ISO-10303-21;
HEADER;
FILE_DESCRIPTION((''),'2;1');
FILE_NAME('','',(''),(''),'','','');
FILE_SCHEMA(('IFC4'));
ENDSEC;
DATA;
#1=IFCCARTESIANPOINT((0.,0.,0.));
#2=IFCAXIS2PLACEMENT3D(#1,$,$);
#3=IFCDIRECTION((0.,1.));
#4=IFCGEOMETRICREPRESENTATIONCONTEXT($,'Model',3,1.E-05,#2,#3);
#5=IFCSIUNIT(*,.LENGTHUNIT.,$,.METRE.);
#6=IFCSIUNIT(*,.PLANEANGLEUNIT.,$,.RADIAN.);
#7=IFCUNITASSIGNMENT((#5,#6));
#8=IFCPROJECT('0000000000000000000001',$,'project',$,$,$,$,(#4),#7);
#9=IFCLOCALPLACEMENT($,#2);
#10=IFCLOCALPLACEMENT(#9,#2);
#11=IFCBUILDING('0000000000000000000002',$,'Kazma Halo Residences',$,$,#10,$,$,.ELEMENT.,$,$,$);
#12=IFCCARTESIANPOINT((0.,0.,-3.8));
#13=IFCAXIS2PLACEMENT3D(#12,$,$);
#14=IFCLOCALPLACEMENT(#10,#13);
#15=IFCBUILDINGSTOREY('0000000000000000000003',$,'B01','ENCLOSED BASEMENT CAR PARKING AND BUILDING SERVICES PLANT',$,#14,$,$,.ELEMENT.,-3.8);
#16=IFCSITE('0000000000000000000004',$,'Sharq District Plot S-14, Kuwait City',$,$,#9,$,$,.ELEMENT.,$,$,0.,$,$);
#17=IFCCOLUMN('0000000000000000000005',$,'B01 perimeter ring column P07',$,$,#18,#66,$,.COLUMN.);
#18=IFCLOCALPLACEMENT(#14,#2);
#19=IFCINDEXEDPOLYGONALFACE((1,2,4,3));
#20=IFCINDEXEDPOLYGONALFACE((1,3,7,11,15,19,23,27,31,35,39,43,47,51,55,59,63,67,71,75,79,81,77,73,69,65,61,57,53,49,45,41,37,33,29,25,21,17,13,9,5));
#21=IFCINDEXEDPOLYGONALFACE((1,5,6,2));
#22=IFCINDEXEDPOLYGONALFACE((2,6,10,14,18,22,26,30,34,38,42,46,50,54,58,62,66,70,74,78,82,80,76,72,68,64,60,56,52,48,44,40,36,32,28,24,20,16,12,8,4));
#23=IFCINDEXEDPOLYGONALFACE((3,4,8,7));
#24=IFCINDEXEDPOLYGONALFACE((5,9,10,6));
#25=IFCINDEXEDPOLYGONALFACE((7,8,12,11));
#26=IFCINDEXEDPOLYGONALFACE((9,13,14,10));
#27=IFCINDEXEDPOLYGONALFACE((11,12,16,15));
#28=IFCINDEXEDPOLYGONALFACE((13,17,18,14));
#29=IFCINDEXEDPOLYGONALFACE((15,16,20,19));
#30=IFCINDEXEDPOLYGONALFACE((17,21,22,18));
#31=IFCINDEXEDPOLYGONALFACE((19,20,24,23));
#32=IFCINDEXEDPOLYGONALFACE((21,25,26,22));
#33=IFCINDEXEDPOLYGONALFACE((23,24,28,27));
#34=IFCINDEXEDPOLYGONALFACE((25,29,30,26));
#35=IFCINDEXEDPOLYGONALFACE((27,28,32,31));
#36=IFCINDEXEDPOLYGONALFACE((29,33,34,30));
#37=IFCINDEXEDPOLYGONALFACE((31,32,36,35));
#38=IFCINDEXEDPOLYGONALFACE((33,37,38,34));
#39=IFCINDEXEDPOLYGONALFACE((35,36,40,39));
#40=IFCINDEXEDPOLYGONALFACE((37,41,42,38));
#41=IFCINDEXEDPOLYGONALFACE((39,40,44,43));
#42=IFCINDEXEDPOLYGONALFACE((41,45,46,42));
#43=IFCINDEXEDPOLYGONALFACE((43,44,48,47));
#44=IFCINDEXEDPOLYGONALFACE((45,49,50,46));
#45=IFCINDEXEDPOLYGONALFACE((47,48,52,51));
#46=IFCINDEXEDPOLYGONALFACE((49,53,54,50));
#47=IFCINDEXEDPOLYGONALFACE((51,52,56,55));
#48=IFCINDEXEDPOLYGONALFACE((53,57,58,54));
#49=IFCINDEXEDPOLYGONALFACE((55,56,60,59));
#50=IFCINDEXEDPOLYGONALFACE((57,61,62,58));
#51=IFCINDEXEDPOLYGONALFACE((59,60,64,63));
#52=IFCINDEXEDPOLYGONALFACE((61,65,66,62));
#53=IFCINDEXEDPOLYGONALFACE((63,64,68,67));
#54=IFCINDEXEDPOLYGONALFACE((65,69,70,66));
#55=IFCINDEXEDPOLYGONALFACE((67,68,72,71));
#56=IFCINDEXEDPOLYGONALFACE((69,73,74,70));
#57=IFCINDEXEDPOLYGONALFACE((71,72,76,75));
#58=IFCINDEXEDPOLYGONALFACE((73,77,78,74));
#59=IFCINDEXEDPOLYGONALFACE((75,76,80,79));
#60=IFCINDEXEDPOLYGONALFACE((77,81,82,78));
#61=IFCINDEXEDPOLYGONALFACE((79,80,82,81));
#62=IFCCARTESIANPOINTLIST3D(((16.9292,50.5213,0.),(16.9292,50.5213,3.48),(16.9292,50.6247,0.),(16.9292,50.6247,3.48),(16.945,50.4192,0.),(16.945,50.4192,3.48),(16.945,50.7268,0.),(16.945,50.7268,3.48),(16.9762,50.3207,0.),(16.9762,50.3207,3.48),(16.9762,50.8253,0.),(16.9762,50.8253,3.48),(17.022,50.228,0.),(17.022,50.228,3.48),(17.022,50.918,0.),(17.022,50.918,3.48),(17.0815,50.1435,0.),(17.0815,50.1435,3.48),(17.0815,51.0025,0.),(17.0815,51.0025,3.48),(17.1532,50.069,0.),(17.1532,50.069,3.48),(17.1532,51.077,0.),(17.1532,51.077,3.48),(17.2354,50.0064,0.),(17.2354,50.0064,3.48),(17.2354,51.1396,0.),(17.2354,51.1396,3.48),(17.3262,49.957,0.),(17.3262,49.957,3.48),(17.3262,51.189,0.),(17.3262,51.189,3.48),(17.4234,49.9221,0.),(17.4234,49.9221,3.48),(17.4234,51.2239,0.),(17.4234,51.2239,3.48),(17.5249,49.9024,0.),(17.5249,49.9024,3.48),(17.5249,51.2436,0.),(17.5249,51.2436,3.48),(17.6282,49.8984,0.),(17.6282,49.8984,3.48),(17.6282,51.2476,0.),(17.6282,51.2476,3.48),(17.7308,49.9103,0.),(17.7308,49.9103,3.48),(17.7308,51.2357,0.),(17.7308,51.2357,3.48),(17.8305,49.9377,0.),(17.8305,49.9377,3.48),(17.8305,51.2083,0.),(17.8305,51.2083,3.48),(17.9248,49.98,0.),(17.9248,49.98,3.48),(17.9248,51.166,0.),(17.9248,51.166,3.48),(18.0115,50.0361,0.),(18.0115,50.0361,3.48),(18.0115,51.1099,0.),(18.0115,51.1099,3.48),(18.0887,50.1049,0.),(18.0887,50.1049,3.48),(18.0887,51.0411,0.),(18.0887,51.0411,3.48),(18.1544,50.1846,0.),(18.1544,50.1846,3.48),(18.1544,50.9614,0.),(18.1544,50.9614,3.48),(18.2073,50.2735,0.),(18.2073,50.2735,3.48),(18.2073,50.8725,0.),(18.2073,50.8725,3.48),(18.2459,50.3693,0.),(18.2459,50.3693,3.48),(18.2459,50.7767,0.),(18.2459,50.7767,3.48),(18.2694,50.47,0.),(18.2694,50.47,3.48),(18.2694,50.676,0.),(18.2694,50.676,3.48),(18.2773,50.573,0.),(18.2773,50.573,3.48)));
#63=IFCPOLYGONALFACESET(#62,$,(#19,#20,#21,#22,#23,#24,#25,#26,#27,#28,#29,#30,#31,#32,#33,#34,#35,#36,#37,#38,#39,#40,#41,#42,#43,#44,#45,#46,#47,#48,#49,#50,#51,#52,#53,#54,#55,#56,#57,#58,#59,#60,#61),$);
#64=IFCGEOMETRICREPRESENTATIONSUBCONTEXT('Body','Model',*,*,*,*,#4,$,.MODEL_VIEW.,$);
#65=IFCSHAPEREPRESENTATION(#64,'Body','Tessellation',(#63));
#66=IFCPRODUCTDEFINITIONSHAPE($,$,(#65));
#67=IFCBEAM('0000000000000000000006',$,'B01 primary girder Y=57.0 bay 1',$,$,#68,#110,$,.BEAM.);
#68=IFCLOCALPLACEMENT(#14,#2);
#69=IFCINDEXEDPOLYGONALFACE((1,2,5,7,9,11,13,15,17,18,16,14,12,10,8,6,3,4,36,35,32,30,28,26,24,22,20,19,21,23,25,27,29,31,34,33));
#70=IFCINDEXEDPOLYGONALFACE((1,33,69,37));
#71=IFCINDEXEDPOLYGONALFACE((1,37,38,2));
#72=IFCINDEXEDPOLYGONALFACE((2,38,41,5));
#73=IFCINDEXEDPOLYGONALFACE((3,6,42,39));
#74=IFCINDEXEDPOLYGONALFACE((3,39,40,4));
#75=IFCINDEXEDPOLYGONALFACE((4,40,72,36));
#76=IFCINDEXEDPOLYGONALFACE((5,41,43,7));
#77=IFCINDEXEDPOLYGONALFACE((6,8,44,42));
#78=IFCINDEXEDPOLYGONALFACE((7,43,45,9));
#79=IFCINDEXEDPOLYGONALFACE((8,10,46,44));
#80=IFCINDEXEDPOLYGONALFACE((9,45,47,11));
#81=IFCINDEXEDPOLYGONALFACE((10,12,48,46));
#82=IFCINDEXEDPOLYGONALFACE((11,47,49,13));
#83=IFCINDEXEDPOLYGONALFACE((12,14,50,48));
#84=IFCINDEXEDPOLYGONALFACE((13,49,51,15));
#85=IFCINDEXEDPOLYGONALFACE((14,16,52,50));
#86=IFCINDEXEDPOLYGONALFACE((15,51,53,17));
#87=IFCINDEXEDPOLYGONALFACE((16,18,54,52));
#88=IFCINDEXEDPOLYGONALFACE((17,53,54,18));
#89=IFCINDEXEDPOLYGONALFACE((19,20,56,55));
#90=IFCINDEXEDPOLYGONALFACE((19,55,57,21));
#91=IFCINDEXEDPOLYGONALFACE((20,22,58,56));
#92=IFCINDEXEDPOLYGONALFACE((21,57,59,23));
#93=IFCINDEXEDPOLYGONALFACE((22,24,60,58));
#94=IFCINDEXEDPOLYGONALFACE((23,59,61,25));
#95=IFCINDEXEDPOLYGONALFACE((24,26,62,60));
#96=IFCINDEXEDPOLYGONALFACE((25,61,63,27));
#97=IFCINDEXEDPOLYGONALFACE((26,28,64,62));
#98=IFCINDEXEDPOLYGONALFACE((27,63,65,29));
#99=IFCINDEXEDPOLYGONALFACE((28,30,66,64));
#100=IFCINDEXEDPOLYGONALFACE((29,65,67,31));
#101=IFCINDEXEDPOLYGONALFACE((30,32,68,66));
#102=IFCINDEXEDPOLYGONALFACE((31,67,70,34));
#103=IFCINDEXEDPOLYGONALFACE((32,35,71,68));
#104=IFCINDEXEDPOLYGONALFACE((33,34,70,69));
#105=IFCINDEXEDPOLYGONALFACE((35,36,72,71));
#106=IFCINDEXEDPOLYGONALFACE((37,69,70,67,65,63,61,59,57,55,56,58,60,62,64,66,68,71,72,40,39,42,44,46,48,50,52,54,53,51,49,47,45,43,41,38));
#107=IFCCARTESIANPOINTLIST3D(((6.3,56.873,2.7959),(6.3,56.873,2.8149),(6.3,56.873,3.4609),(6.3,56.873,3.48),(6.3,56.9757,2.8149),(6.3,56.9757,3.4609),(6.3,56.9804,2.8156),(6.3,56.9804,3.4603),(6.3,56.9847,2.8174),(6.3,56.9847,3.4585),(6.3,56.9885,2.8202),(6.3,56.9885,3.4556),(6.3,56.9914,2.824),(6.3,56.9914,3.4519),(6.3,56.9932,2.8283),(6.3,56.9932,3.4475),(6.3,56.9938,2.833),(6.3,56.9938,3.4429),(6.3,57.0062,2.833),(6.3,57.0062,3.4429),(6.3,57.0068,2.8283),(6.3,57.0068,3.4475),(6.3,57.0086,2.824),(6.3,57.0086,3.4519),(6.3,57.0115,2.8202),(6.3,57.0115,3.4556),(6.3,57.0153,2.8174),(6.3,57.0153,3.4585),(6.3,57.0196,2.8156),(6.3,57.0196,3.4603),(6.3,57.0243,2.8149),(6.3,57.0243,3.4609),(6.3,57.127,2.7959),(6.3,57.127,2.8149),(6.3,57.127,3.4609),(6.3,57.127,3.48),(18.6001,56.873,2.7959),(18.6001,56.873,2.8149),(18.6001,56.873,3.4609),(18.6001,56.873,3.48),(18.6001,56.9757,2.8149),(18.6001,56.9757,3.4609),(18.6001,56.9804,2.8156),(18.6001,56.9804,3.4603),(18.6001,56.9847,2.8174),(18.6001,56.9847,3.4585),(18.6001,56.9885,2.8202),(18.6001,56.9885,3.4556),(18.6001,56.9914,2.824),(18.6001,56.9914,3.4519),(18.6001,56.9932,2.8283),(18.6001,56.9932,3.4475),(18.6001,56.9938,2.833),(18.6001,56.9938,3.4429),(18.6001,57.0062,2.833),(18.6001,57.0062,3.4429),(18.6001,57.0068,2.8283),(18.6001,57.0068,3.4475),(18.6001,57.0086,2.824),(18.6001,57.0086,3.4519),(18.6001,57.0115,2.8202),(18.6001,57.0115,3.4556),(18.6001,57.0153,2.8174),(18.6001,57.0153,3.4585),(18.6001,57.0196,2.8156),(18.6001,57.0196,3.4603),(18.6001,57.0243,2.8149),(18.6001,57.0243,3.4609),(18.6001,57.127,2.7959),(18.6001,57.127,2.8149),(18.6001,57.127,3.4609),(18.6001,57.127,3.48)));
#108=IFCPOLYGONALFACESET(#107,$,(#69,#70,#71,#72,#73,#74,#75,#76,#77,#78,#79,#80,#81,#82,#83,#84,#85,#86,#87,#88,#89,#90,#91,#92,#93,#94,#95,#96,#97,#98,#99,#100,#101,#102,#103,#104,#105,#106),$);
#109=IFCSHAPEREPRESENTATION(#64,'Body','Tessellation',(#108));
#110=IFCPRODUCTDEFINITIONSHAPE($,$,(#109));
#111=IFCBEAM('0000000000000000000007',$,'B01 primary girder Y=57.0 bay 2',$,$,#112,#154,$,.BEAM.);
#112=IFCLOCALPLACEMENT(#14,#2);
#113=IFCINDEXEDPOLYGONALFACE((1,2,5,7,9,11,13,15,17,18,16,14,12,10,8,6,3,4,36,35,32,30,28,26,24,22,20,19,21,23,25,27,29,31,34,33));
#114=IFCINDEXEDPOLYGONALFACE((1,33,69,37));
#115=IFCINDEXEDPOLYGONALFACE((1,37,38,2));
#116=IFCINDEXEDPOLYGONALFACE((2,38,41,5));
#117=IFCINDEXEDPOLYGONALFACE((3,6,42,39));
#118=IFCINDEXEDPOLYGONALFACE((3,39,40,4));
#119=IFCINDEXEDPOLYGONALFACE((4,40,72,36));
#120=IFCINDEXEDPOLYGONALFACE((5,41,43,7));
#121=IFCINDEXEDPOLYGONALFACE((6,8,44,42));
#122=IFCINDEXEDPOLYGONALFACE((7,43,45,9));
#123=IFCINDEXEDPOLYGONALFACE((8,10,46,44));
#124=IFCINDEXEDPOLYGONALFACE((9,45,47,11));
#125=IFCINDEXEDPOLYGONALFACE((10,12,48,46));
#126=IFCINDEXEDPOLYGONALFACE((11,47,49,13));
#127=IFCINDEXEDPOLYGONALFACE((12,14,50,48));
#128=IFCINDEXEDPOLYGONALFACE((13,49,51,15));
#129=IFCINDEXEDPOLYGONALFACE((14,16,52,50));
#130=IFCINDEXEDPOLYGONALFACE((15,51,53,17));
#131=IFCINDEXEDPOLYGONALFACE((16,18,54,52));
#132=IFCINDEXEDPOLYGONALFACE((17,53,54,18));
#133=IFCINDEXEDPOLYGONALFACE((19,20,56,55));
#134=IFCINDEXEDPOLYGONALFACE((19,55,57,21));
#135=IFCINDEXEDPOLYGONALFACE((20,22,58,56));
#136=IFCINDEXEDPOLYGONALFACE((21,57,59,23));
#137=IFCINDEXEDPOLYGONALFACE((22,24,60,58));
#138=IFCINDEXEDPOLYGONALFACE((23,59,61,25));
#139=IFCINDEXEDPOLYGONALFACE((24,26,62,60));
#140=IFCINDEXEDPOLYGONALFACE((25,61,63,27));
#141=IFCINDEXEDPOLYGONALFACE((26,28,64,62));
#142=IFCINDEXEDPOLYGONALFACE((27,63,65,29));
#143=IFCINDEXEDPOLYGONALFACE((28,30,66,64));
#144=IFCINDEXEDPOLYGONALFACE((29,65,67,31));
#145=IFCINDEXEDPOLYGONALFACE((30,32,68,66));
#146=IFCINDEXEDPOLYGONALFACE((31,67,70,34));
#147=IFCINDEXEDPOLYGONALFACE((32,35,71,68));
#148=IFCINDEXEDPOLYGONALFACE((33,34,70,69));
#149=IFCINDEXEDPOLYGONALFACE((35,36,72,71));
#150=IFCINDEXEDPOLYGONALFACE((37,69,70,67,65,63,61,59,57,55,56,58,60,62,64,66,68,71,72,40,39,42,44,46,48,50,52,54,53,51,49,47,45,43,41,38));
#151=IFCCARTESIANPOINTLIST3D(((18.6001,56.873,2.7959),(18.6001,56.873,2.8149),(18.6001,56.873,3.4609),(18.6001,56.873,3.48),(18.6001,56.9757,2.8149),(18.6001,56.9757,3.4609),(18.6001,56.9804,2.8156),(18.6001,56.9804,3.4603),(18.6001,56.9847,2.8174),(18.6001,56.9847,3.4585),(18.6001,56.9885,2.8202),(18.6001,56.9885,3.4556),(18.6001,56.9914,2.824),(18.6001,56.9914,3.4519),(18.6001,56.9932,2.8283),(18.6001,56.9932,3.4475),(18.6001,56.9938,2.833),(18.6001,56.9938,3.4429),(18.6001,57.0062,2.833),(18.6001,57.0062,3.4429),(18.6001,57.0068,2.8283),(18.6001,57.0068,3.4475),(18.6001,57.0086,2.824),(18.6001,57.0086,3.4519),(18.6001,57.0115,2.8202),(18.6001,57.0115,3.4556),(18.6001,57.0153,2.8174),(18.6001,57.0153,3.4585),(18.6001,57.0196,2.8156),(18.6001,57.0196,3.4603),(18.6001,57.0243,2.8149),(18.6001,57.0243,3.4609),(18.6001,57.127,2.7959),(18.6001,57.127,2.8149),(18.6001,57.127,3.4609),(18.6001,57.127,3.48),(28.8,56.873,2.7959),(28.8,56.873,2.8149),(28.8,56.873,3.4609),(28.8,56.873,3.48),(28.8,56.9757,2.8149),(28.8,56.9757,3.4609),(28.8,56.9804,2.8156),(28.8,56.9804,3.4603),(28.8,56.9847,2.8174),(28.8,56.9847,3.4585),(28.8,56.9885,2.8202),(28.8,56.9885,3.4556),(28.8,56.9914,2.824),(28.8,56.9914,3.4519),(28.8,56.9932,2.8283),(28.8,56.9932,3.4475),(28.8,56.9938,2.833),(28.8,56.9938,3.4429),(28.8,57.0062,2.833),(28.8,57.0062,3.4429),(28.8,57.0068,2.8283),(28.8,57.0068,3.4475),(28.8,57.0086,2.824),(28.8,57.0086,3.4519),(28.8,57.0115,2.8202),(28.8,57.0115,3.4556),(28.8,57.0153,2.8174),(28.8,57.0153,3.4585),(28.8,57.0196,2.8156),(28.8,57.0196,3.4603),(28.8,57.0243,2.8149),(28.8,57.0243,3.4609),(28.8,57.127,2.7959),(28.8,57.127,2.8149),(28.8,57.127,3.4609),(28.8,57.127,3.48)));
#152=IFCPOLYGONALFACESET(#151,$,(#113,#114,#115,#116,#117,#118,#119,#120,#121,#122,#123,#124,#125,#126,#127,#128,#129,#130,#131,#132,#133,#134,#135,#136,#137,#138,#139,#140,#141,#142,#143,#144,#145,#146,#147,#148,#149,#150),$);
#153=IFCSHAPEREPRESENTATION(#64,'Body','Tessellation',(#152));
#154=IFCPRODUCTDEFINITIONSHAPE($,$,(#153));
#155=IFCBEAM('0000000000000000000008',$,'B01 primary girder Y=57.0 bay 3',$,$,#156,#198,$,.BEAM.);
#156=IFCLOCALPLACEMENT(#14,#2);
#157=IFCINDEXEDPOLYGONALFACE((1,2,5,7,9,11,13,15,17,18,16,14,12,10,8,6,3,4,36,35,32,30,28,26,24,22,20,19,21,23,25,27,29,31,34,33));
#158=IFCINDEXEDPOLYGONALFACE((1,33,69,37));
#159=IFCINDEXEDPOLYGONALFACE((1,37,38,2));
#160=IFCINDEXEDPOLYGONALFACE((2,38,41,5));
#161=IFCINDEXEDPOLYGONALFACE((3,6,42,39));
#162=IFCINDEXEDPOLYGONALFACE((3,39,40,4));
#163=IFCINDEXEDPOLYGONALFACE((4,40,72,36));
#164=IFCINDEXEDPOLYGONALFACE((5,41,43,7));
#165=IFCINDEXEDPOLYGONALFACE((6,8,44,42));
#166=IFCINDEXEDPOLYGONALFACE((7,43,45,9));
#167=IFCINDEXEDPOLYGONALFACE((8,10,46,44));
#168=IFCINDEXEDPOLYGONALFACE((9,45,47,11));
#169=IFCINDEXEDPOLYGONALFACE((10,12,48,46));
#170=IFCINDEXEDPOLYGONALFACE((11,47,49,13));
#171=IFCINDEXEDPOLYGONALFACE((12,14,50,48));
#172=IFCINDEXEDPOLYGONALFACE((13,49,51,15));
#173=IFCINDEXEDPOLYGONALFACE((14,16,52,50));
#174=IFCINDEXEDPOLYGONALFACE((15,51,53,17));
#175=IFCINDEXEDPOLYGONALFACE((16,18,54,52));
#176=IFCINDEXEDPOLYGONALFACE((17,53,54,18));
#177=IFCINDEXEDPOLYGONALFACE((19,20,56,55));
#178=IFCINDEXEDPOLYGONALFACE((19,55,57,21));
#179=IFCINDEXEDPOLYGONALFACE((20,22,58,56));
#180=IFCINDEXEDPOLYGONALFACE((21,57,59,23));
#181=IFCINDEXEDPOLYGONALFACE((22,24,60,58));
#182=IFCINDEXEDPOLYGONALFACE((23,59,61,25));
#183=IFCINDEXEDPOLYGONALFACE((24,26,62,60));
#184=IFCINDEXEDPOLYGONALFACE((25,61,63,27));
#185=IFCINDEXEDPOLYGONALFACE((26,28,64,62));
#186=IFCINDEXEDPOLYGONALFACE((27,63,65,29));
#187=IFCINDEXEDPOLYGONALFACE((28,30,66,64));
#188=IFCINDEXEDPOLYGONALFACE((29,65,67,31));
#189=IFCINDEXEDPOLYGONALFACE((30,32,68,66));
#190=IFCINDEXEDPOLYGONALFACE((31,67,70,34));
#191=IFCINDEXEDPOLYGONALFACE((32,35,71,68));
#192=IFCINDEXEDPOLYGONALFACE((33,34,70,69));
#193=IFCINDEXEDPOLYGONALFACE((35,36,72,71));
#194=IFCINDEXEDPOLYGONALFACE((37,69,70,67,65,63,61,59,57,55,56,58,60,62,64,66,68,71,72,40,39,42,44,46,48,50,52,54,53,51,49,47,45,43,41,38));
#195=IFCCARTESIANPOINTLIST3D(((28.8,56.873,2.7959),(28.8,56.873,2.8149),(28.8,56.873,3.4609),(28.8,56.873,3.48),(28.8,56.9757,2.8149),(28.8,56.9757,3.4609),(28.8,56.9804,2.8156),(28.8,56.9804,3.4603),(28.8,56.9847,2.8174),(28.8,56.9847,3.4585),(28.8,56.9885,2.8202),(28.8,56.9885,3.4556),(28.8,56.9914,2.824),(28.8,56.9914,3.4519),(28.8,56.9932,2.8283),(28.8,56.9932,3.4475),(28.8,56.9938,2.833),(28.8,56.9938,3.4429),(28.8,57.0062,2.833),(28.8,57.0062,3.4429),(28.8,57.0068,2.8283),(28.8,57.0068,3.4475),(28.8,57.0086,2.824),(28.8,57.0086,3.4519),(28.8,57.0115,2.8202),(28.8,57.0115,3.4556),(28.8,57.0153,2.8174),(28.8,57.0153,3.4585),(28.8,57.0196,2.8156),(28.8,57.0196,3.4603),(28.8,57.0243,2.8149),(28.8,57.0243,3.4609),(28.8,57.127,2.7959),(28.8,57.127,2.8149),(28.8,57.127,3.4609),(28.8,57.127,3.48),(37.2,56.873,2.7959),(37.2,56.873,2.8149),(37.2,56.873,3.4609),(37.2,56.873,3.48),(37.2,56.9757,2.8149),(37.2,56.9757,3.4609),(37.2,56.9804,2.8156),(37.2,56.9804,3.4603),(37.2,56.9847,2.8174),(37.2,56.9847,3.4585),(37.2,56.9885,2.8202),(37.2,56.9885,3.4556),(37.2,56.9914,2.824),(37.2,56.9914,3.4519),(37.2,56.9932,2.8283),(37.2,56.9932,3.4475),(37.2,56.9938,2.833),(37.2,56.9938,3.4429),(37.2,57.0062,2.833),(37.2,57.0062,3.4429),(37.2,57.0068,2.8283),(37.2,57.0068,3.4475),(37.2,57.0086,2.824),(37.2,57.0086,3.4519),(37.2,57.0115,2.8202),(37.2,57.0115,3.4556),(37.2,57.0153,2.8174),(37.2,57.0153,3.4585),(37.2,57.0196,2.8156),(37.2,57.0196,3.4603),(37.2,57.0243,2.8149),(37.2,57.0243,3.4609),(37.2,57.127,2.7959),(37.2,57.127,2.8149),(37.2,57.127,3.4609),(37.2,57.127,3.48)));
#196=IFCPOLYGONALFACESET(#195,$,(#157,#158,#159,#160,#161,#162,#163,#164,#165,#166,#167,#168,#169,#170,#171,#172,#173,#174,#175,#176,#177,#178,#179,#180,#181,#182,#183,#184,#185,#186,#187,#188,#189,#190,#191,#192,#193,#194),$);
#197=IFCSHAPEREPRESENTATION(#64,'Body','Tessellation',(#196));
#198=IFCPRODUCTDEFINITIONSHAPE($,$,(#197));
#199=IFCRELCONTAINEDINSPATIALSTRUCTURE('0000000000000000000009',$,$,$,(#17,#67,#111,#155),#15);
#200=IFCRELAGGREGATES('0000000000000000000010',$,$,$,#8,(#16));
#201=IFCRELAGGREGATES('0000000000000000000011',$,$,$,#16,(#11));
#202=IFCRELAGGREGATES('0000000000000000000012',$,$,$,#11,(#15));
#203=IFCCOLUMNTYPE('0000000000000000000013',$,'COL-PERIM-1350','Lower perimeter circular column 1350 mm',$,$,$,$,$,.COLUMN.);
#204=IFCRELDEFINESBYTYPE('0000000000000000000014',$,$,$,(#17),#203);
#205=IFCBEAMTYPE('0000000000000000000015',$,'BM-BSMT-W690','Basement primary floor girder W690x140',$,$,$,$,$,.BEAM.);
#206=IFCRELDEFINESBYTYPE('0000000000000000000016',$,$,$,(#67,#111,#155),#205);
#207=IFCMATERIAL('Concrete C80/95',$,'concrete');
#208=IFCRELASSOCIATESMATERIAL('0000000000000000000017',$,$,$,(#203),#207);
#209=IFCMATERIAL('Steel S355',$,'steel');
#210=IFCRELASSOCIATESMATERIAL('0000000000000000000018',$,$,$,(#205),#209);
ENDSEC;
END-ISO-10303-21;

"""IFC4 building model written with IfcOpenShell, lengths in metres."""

from ifc_helpers import new_model, si_unit, direction, frame, origin, origin_2d, place, context, subcontext, project, spatial, circle, i_section, extrude, material, material_profile, profile_set, type_object, element, save


model = new_model("IFC4")

# Units and contexts
model_context = context("Model", 3, precision=1e-05, world=origin(), true_north=direction((0.0, 1.0)))
body_context = subcontext(model_context, "Body", "Model", "MODEL_VIEW")
ifc_project = project(units=[si_unit("LENGTHUNIT", "METRE"), si_unit("PLANEANGLEUNIT", "RADIAN")], contexts=[model_context])

# Site, building, storey
site_placement = place(None, origin())
site = spatial("IfcSite", under=ifc_project, at=site_placement, Name="Sharq District Plot S-14, Kuwait City", CompositionType="ELEMENT", RefElevation=0.0)
building_placement = place(site_placement, origin())
building = spatial("IfcBuilding", under=site, at=building_placement, Name="Kazma Halo Residences", CompositionType="ELEMENT")
storey_placement = place(building_placement, frame((0.0, 0.0, -3.8)))
storey = spatial("IfcBuildingStorey", under=building, at=storey_placement, Name="B01", Description="ENCLOSED BASEMENT CAR PARKING AND BUILDING SERVICES PLANT", CompositionType="ELEMENT", Elevation=-3.8)

# Column
ifc_material_1 = material(Name="Concrete C80/95", Category="concrete")
ifc_material_profile_1 = material_profile(ifc_material_1, circle(Radius=0.675, at=origin_2d()), Name="CIRC1350")
ifc_profile_set_1 = profile_set([ifc_material_profile_1], Name="Concrete C80/95")
column_type_1 = type_object("IfcColumnType", Name="COL-PERIM-1350", Description="Lower perimeter circular column 1350 mm", PredefinedType="COLUMN", material=ifc_profile_set_1)
for number, where, z_axis, x_axis, name in (
    (1, (17.6023, 50.573, 0.0), (0.0, 0.0, 1.0), (1.0, 0.0, 0.0), "B01 perimeter ring column P07"),
):
    element("IfcColumn", number, at=place(storey_placement, frame(where, z_axis=z_axis, x_axis=x_axis)), inside=storey, type_object=column_type_1, Name=name, PredefinedType="COLUMN", context=body_context, shape_type="SweptSolid", body=[
        extrude(circle(Radius=0.675, at=origin_2d()), origin(), (0.0, 0.0, 1.0), 3.48),
    ])

# Beams
ifc_material_2 = material(Name="Steel S355", Category="steel")
ifc_material_profile_2 = material_profile(ifc_material_2, i_section(OverallWidth=0.2539, OverallDepth=0.6841, WebThickness=0.0125, FlangeThickness=0.019, FilletRadius=0.0181, at=origin_2d()), Name="W690x140")
ifc_profile_set_2 = profile_set([ifc_material_profile_2], Name="Steel S355")
beam_type_1 = type_object("IfcBeamType", Name="BM-BSMT-W690", Description="Basement primary floor girder W690x140", PredefinedType="BEAM", material=ifc_profile_set_2)
beam_1_placement = place(storey_placement, frame((6.3, 57.0, 3.1379), z_axis=(1.0, 0.0, 0.0), x_axis=(0.0, 1.0, 0.0)))
element("IfcBeam", 2, at=beam_1_placement, inside=storey, type_object=beam_type_1, Name="B01 primary girder Y=57.0 bay 1", PredefinedType="BEAM", context=body_context, shape_type="SweptSolid", body=[
    extrude(i_section(OverallWidth=0.2539, OverallDepth=0.6841, WebThickness=0.0125, FlangeThickness=0.019, FilletRadius=0.0181, at=origin_2d()), origin(), (0.0, 0.0, 1.0), 12.3),
])
beam_2_placement = place(storey_placement, frame((18.6001, 57.0, 3.1379), z_axis=(1.0, 0.0, 0.0), x_axis=(0.0, 1.0, 0.0)))
element("IfcBeam", 3, at=beam_2_placement, inside=storey, type_object=beam_type_1, Name="B01 primary girder Y=57.0 bay 2", PredefinedType="BEAM", context=body_context, shape_type="SweptSolid", body=[
    extrude(i_section(OverallWidth=0.2539, OverallDepth=0.6841, WebThickness=0.0125, FlangeThickness=0.019, FilletRadius=0.0181, at=origin_2d()), origin(), (0.0, 0.0, 1.0), 10.2),
])
beam_3_placement = place(storey_placement, frame((28.8, 57.0, 3.1379), z_axis=(1.0, 0.0, 0.0), x_axis=(0.0, 1.0, 0.0)))
element("IfcBeam", 4, at=beam_3_placement, inside=storey, type_object=beam_type_1, Name="B01 primary girder Y=57.0 bay 3", PredefinedType="BEAM", context=body_context, shape_type="SweptSolid", body=[
    extrude(i_section(OverallWidth=0.2539, OverallDepth=0.6841, WebThickness=0.0125, FlangeThickness=0.019, FilletRadius=0.0181, at=origin_2d()), origin(), (0.0, 0.0, 1.0), 8.3999),
])

save(model, "model.ifc")
